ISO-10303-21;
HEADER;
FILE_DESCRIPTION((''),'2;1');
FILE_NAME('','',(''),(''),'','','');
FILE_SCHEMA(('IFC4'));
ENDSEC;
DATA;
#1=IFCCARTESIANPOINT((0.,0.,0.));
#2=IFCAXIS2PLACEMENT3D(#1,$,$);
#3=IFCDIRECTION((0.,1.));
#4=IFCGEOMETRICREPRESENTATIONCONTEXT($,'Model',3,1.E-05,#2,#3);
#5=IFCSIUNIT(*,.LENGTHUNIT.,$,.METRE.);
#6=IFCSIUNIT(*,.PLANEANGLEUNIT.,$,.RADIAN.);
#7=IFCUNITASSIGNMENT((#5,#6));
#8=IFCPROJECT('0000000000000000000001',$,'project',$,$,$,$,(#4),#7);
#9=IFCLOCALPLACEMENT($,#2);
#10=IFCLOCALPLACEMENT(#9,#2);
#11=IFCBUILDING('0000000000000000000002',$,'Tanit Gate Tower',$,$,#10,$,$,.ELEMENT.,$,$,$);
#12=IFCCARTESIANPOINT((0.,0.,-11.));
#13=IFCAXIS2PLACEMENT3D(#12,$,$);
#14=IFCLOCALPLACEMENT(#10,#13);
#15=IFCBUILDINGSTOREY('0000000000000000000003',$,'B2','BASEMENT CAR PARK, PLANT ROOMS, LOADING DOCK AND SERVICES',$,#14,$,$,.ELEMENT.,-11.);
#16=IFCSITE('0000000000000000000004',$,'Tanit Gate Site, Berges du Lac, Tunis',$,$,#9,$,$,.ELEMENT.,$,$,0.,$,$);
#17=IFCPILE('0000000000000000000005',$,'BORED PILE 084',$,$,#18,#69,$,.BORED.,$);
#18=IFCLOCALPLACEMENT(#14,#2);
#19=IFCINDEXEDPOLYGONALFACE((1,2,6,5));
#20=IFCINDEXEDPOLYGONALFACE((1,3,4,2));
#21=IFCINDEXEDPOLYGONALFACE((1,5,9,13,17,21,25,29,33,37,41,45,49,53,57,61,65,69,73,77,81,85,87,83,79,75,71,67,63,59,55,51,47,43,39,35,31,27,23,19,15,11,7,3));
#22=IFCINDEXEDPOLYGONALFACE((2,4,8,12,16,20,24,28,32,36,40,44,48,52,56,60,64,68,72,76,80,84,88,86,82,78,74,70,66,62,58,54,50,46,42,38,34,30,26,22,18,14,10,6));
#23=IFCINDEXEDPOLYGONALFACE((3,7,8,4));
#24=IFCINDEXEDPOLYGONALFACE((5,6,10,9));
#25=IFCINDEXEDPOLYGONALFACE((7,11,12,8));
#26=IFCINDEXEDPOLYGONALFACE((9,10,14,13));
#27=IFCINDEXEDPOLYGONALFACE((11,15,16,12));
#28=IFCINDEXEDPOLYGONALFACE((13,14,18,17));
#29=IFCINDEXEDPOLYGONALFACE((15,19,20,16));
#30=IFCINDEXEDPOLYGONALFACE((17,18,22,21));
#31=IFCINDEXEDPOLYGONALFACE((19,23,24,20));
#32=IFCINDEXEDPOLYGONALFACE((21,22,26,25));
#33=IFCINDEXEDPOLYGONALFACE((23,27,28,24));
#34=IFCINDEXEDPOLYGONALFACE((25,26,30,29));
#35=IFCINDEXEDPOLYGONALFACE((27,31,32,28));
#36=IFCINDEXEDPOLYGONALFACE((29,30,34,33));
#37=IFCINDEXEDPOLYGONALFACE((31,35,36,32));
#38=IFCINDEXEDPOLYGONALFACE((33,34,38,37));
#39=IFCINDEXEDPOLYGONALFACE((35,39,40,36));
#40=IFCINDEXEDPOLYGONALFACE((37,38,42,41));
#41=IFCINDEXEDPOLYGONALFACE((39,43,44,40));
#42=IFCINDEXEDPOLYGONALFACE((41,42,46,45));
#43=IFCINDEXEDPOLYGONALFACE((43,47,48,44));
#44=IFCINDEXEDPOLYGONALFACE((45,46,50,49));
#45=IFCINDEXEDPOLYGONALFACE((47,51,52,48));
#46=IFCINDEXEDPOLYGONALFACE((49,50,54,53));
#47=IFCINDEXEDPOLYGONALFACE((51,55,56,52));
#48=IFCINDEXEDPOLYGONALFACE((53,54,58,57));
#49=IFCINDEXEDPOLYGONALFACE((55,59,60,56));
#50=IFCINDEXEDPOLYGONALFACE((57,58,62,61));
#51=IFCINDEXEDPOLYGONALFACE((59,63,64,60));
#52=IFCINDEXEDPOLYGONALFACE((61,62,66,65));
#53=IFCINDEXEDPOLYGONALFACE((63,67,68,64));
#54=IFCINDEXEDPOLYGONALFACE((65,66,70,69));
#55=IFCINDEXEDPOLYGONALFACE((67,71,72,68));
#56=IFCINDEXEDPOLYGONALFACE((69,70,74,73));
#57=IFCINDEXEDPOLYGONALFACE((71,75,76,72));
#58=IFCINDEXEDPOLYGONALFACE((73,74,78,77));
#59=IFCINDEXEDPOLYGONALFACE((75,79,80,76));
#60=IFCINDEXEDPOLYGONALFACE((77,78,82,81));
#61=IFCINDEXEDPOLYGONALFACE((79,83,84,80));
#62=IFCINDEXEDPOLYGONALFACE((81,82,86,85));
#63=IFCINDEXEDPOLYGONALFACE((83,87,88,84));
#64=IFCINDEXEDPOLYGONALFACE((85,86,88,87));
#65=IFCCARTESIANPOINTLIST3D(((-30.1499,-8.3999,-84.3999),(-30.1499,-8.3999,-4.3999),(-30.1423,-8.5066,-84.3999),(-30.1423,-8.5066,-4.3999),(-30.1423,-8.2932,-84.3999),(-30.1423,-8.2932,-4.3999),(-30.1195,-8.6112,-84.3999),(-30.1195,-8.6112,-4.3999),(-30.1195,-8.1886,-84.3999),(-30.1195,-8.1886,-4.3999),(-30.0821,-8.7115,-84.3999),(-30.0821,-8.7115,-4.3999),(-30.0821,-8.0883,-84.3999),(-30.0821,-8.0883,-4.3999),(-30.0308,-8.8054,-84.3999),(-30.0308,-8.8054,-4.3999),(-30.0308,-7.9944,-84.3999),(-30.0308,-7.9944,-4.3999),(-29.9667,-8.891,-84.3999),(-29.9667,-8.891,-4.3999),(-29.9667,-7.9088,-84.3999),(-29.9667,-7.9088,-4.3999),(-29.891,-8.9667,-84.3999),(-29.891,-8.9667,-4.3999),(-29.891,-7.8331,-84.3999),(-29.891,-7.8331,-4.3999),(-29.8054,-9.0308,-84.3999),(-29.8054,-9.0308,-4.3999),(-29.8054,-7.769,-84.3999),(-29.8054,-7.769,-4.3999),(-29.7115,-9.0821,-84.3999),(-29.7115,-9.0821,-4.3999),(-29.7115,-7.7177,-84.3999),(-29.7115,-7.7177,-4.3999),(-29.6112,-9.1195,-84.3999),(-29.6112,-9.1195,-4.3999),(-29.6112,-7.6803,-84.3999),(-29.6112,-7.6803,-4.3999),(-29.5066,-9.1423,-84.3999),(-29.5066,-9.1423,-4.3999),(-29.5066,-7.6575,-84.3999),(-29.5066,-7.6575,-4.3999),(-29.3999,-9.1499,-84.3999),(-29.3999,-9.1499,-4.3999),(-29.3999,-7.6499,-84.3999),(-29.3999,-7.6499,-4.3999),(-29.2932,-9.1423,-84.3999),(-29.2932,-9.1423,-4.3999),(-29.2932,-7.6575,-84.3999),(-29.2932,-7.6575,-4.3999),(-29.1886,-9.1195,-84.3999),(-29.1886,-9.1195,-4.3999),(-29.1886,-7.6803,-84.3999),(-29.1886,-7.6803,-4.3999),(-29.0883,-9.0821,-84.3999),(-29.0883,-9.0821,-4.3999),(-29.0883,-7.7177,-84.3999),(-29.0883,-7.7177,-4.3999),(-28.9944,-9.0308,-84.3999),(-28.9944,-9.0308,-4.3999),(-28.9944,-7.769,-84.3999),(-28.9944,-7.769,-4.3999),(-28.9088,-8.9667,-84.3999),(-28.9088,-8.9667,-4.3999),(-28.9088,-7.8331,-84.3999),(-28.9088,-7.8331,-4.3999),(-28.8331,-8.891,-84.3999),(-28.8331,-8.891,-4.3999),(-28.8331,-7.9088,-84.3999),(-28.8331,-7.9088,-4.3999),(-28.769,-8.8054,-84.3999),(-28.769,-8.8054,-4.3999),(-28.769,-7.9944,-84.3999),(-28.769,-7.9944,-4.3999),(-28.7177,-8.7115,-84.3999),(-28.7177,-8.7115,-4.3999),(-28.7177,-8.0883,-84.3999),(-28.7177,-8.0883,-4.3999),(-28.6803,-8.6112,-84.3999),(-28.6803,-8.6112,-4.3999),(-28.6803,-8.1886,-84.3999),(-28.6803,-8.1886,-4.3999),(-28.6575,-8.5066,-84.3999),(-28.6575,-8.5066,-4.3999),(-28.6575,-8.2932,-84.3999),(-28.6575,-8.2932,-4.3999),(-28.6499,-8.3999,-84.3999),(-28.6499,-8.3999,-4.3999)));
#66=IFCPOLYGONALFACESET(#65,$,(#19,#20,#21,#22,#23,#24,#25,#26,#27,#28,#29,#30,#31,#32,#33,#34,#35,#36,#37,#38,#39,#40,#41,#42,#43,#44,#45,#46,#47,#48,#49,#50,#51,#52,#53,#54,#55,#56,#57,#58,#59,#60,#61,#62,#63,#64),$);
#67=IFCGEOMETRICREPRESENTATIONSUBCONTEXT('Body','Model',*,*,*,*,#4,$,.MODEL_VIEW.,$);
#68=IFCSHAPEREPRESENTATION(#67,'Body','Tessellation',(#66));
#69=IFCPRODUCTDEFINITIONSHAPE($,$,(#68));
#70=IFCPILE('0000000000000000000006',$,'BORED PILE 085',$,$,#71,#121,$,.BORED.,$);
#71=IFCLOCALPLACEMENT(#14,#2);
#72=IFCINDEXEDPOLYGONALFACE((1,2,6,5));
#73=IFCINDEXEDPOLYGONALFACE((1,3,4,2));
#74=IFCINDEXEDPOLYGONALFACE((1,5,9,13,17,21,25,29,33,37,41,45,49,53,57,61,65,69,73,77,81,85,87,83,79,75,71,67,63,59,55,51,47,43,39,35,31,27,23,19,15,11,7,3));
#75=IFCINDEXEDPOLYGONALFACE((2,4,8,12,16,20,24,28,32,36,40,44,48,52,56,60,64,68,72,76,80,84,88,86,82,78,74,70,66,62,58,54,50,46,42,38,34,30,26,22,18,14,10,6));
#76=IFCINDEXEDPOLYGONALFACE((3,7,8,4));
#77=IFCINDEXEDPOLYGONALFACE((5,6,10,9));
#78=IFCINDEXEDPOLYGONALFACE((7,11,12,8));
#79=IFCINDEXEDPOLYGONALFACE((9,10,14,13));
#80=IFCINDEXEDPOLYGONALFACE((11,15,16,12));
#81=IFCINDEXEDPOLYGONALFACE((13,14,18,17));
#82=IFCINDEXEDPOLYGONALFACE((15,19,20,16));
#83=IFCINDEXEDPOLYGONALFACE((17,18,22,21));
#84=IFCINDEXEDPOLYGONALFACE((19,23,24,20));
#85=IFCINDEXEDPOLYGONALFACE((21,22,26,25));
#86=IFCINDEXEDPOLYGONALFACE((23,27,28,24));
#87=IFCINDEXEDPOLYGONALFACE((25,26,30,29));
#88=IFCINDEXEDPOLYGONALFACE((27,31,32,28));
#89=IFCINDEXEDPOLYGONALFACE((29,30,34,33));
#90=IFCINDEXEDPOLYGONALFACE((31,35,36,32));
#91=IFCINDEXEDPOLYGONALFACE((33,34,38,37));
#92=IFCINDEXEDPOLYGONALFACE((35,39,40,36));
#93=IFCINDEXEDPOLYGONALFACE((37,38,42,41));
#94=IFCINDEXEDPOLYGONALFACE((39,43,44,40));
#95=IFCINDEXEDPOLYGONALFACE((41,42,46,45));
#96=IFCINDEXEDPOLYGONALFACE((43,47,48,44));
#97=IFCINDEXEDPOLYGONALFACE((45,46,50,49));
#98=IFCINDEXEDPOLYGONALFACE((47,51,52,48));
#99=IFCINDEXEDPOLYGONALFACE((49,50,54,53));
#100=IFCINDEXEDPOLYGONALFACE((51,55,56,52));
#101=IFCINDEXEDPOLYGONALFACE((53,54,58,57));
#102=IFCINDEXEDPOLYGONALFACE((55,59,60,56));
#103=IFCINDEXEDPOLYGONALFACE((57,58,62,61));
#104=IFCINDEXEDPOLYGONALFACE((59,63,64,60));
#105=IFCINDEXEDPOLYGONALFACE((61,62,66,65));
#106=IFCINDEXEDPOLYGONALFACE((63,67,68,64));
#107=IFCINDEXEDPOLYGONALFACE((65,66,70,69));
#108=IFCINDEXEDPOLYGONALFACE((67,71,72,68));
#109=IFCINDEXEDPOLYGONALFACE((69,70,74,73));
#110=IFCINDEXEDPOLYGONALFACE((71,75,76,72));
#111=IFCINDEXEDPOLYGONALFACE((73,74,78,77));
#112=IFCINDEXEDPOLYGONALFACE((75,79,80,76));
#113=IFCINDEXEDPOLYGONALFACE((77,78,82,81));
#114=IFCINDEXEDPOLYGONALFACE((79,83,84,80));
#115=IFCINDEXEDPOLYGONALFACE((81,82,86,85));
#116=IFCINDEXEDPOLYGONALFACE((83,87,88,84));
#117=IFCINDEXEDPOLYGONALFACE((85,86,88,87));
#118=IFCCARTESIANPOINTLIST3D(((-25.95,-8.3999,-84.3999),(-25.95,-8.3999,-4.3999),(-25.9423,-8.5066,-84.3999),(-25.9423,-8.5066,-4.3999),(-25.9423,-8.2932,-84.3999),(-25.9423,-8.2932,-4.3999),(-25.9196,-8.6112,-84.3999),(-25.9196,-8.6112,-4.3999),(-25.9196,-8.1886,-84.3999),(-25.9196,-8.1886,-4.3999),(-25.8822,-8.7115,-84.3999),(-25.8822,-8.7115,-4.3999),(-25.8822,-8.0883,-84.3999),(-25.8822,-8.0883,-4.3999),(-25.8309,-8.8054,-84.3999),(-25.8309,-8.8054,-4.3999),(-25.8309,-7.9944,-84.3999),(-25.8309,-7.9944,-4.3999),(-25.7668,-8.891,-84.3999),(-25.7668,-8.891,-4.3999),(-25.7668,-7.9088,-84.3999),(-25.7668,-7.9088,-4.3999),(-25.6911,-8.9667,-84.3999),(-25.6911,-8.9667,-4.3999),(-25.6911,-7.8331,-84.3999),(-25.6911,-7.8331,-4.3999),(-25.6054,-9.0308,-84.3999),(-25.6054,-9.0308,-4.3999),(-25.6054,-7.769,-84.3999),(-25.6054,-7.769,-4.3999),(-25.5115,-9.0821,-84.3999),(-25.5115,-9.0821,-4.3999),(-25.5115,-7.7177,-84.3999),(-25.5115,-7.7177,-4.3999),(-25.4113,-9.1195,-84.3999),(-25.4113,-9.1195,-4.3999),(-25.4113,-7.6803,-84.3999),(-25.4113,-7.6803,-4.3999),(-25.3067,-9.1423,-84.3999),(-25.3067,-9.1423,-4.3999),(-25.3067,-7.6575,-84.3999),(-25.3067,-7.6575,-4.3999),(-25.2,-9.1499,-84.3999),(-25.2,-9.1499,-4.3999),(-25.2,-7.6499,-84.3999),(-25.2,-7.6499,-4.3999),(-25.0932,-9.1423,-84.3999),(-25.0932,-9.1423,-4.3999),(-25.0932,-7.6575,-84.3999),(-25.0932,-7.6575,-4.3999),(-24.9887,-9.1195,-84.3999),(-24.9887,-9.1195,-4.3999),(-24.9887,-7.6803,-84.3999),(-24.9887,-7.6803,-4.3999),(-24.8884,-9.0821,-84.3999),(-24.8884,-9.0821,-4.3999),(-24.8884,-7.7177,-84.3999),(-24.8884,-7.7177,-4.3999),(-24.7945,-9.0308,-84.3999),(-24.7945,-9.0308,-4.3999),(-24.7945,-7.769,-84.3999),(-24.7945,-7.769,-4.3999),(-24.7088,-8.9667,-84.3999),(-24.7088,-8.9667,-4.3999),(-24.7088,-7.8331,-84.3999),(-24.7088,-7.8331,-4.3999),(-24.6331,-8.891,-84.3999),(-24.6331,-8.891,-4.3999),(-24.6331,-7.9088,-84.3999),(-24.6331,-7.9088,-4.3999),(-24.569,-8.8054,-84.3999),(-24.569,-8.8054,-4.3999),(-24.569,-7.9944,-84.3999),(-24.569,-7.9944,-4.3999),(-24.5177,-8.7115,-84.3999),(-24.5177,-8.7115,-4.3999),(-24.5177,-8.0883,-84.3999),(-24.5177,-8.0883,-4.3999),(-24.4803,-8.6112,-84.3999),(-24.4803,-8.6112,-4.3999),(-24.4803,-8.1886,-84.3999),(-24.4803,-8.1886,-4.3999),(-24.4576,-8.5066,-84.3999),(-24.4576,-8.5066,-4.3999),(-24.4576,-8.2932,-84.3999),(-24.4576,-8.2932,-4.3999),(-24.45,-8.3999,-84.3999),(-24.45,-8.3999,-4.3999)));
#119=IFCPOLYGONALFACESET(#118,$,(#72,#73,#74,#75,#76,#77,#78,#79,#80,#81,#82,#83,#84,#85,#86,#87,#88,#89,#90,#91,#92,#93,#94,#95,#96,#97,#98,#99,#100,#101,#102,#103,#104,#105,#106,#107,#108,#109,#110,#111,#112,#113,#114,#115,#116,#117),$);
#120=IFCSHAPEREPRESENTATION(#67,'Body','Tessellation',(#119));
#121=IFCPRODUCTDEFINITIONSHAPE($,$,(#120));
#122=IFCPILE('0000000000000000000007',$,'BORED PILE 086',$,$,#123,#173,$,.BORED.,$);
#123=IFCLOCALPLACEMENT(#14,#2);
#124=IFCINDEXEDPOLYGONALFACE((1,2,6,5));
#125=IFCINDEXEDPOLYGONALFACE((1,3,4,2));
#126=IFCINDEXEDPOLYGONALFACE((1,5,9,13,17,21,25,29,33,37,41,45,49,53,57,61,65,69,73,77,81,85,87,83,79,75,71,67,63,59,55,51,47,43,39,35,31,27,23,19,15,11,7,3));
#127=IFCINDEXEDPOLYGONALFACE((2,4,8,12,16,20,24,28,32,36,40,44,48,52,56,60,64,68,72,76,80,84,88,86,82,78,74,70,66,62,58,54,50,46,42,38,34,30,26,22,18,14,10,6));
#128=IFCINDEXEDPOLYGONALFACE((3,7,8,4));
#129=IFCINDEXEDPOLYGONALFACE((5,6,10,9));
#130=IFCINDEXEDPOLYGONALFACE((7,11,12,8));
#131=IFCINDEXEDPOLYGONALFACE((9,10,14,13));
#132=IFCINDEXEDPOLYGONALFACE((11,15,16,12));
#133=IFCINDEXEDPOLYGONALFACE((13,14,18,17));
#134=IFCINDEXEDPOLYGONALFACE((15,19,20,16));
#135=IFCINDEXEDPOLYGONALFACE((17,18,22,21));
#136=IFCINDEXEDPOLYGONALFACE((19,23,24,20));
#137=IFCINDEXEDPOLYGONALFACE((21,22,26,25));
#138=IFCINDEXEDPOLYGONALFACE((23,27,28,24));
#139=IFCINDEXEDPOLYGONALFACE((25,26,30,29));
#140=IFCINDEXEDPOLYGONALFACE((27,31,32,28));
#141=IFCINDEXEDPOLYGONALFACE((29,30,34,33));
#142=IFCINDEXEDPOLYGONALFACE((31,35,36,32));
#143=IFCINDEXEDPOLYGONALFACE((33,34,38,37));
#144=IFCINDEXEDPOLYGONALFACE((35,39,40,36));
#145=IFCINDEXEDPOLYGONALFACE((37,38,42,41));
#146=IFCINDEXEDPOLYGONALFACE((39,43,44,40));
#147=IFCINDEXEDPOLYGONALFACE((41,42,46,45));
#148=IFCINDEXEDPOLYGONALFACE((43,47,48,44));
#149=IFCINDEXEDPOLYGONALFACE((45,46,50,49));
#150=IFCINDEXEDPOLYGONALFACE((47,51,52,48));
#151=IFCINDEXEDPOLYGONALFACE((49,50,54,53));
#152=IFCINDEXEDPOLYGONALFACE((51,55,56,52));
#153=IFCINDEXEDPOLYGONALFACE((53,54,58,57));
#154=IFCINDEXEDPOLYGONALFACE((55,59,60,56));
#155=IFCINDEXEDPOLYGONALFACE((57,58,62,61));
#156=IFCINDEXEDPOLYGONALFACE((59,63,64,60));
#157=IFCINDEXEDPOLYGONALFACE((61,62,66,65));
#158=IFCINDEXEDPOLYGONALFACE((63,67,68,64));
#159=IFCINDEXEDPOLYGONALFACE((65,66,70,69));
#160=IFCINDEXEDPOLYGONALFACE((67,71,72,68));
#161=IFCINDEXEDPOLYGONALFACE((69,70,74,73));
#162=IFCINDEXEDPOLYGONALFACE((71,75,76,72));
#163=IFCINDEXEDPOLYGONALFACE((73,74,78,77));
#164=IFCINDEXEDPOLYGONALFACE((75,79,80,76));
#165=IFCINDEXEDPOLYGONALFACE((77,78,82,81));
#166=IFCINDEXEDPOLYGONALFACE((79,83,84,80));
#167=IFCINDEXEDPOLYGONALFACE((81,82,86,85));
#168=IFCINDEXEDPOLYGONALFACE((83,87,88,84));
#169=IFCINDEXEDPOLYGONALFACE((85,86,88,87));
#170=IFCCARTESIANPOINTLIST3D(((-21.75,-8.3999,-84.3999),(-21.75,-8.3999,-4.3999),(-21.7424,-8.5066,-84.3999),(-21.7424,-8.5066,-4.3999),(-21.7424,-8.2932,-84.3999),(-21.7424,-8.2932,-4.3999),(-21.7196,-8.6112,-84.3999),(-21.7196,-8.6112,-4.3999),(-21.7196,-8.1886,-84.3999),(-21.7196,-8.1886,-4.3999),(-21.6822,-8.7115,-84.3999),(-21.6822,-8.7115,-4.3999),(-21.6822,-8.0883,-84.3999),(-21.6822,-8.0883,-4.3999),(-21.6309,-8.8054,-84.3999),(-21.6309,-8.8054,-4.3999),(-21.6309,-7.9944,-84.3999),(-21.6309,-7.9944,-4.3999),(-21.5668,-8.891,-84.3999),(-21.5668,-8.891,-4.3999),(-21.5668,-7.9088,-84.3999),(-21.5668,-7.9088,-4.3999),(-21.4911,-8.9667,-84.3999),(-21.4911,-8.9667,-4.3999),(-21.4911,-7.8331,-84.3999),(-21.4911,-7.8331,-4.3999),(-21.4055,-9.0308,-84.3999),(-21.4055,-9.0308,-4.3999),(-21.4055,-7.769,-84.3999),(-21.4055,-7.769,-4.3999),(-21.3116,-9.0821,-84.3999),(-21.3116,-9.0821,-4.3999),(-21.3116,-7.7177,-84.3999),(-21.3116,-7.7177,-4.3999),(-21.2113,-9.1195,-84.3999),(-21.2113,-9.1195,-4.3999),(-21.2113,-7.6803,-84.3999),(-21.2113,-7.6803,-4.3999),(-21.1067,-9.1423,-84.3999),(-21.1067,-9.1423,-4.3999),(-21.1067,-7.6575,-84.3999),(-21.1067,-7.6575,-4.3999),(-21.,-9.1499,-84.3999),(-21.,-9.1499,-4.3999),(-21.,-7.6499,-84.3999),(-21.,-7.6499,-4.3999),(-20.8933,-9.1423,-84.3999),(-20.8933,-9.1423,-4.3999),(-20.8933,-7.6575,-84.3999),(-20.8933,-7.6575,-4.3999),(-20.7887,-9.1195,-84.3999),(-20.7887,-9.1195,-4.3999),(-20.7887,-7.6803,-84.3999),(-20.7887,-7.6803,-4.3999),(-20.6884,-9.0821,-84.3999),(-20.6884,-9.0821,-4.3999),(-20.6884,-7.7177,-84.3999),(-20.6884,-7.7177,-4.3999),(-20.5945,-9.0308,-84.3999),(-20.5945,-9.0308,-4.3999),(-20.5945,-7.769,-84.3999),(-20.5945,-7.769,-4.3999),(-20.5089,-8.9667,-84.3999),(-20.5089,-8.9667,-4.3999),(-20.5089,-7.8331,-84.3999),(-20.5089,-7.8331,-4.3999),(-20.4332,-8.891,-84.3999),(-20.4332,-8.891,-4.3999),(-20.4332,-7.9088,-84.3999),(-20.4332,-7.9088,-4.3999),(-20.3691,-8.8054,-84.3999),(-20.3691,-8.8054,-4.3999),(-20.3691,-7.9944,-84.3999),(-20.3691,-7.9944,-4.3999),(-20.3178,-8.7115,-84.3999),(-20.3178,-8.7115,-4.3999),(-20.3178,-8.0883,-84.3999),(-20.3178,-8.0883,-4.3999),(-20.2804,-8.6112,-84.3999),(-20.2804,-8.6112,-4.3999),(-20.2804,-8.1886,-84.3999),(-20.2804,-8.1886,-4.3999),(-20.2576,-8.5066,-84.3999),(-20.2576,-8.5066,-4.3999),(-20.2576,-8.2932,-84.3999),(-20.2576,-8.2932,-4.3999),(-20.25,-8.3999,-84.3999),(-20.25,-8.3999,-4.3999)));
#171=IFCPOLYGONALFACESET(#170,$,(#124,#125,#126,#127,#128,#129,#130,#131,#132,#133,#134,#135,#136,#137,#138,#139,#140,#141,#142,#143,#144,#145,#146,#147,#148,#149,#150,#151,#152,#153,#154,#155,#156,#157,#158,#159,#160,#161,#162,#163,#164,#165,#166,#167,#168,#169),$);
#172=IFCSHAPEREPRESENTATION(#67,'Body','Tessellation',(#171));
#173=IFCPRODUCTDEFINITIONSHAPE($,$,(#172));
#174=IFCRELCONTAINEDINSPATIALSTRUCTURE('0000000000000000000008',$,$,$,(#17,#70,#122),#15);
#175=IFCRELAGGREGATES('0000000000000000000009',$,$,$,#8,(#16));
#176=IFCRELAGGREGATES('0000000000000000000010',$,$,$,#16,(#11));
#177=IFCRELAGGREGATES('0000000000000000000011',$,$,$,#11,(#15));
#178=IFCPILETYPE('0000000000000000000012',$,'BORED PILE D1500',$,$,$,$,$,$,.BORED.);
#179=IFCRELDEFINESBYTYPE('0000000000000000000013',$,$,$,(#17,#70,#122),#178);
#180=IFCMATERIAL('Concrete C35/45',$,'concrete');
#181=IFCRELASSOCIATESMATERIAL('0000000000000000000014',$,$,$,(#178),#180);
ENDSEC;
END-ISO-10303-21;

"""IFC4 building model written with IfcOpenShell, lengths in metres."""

from ifc_helpers import new_model, si_unit, direction, frame, origin, origin_2d, place, context, subcontext, project, spatial, circle, extrude, material, material_profile, profile_set, type_object, element, save


model = new_model("IFC4")

# Units and contexts
model_context = context("Model", 3, precision=1e-05, world=origin(), true_north=direction((0.0, 1.0)))
body_context = subcontext(model_context, "Body", "Model", "MODEL_VIEW")
ifc_project = project(units=[si_unit("LENGTHUNIT", "METRE"), si_unit("PLANEANGLEUNIT", "RADIAN")], contexts=[model_context])

# Site, building, storey
site_placement = place(None, origin())
site = spatial("IfcSite", under=ifc_project, at=site_placement, Name="Tanit Gate Site, Berges du Lac, Tunis", CompositionType="ELEMENT", RefElevation=0.0)
building_placement = place(site_placement, origin())
building = spatial("IfcBuilding", under=site, at=building_placement, Name="Tanit Gate Tower", CompositionType="ELEMENT")
storey_placement = place(building_placement, frame((0.0, 0.0, -11.0)))
storey = spatial("IfcBuildingStorey", under=building, at=storey_placement, Name="B2", Description="BASEMENT CAR PARK, PLANT ROOMS, LOADING DOCK AND SERVICES", CompositionType="ELEMENT", Elevation=-11.0)

# Piles
ifc_material_1 = material(Name="Concrete C35/45", Category="concrete")
ifc_material_profile_1 = material_profile(ifc_material_1, circle(Radius=0.75, at=origin_2d()), Name="BORED PILE D1500 C35/45")
ifc_profile_set_1 = profile_set([ifc_material_profile_1], Name="Concrete C35/45")
pile_type = type_object("IfcPileType", Name="BORED PILE D1500", PredefinedType="BORED", material=ifc_profile_set_1)
for number, where, z_axis, x_axis, name in (
    (1, (-29.3999, -8.3999, -4.3999), (0.0, 0.0, -1.0), (1.0, 0.0, 0.0), "BORED PILE 084"),
    (2, (-25.2, -8.3999, -4.3999), (0.0, 0.0, -1.0), (1.0, 0.0, 0.0), "BORED PILE 085"),
    (3, (-21.0, -8.3999, -4.3999), (0.0, 0.0, -1.0), (1.0, 0.0, 0.0), "BORED PILE 086"),
):
    element("IfcPile", number, at=place(storey_placement, frame(where, z_axis=z_axis, x_axis=x_axis)), inside=storey, type_object=pile_type, Name=name, PredefinedType="BORED", context=body_context, shape_type="SweptSolid", body=[
        extrude(circle(Radius=0.75, at=origin_2d()), origin(), (0.0, 0.0, 1.0), 80.0),
    ])

save(model, "model.ifc")
